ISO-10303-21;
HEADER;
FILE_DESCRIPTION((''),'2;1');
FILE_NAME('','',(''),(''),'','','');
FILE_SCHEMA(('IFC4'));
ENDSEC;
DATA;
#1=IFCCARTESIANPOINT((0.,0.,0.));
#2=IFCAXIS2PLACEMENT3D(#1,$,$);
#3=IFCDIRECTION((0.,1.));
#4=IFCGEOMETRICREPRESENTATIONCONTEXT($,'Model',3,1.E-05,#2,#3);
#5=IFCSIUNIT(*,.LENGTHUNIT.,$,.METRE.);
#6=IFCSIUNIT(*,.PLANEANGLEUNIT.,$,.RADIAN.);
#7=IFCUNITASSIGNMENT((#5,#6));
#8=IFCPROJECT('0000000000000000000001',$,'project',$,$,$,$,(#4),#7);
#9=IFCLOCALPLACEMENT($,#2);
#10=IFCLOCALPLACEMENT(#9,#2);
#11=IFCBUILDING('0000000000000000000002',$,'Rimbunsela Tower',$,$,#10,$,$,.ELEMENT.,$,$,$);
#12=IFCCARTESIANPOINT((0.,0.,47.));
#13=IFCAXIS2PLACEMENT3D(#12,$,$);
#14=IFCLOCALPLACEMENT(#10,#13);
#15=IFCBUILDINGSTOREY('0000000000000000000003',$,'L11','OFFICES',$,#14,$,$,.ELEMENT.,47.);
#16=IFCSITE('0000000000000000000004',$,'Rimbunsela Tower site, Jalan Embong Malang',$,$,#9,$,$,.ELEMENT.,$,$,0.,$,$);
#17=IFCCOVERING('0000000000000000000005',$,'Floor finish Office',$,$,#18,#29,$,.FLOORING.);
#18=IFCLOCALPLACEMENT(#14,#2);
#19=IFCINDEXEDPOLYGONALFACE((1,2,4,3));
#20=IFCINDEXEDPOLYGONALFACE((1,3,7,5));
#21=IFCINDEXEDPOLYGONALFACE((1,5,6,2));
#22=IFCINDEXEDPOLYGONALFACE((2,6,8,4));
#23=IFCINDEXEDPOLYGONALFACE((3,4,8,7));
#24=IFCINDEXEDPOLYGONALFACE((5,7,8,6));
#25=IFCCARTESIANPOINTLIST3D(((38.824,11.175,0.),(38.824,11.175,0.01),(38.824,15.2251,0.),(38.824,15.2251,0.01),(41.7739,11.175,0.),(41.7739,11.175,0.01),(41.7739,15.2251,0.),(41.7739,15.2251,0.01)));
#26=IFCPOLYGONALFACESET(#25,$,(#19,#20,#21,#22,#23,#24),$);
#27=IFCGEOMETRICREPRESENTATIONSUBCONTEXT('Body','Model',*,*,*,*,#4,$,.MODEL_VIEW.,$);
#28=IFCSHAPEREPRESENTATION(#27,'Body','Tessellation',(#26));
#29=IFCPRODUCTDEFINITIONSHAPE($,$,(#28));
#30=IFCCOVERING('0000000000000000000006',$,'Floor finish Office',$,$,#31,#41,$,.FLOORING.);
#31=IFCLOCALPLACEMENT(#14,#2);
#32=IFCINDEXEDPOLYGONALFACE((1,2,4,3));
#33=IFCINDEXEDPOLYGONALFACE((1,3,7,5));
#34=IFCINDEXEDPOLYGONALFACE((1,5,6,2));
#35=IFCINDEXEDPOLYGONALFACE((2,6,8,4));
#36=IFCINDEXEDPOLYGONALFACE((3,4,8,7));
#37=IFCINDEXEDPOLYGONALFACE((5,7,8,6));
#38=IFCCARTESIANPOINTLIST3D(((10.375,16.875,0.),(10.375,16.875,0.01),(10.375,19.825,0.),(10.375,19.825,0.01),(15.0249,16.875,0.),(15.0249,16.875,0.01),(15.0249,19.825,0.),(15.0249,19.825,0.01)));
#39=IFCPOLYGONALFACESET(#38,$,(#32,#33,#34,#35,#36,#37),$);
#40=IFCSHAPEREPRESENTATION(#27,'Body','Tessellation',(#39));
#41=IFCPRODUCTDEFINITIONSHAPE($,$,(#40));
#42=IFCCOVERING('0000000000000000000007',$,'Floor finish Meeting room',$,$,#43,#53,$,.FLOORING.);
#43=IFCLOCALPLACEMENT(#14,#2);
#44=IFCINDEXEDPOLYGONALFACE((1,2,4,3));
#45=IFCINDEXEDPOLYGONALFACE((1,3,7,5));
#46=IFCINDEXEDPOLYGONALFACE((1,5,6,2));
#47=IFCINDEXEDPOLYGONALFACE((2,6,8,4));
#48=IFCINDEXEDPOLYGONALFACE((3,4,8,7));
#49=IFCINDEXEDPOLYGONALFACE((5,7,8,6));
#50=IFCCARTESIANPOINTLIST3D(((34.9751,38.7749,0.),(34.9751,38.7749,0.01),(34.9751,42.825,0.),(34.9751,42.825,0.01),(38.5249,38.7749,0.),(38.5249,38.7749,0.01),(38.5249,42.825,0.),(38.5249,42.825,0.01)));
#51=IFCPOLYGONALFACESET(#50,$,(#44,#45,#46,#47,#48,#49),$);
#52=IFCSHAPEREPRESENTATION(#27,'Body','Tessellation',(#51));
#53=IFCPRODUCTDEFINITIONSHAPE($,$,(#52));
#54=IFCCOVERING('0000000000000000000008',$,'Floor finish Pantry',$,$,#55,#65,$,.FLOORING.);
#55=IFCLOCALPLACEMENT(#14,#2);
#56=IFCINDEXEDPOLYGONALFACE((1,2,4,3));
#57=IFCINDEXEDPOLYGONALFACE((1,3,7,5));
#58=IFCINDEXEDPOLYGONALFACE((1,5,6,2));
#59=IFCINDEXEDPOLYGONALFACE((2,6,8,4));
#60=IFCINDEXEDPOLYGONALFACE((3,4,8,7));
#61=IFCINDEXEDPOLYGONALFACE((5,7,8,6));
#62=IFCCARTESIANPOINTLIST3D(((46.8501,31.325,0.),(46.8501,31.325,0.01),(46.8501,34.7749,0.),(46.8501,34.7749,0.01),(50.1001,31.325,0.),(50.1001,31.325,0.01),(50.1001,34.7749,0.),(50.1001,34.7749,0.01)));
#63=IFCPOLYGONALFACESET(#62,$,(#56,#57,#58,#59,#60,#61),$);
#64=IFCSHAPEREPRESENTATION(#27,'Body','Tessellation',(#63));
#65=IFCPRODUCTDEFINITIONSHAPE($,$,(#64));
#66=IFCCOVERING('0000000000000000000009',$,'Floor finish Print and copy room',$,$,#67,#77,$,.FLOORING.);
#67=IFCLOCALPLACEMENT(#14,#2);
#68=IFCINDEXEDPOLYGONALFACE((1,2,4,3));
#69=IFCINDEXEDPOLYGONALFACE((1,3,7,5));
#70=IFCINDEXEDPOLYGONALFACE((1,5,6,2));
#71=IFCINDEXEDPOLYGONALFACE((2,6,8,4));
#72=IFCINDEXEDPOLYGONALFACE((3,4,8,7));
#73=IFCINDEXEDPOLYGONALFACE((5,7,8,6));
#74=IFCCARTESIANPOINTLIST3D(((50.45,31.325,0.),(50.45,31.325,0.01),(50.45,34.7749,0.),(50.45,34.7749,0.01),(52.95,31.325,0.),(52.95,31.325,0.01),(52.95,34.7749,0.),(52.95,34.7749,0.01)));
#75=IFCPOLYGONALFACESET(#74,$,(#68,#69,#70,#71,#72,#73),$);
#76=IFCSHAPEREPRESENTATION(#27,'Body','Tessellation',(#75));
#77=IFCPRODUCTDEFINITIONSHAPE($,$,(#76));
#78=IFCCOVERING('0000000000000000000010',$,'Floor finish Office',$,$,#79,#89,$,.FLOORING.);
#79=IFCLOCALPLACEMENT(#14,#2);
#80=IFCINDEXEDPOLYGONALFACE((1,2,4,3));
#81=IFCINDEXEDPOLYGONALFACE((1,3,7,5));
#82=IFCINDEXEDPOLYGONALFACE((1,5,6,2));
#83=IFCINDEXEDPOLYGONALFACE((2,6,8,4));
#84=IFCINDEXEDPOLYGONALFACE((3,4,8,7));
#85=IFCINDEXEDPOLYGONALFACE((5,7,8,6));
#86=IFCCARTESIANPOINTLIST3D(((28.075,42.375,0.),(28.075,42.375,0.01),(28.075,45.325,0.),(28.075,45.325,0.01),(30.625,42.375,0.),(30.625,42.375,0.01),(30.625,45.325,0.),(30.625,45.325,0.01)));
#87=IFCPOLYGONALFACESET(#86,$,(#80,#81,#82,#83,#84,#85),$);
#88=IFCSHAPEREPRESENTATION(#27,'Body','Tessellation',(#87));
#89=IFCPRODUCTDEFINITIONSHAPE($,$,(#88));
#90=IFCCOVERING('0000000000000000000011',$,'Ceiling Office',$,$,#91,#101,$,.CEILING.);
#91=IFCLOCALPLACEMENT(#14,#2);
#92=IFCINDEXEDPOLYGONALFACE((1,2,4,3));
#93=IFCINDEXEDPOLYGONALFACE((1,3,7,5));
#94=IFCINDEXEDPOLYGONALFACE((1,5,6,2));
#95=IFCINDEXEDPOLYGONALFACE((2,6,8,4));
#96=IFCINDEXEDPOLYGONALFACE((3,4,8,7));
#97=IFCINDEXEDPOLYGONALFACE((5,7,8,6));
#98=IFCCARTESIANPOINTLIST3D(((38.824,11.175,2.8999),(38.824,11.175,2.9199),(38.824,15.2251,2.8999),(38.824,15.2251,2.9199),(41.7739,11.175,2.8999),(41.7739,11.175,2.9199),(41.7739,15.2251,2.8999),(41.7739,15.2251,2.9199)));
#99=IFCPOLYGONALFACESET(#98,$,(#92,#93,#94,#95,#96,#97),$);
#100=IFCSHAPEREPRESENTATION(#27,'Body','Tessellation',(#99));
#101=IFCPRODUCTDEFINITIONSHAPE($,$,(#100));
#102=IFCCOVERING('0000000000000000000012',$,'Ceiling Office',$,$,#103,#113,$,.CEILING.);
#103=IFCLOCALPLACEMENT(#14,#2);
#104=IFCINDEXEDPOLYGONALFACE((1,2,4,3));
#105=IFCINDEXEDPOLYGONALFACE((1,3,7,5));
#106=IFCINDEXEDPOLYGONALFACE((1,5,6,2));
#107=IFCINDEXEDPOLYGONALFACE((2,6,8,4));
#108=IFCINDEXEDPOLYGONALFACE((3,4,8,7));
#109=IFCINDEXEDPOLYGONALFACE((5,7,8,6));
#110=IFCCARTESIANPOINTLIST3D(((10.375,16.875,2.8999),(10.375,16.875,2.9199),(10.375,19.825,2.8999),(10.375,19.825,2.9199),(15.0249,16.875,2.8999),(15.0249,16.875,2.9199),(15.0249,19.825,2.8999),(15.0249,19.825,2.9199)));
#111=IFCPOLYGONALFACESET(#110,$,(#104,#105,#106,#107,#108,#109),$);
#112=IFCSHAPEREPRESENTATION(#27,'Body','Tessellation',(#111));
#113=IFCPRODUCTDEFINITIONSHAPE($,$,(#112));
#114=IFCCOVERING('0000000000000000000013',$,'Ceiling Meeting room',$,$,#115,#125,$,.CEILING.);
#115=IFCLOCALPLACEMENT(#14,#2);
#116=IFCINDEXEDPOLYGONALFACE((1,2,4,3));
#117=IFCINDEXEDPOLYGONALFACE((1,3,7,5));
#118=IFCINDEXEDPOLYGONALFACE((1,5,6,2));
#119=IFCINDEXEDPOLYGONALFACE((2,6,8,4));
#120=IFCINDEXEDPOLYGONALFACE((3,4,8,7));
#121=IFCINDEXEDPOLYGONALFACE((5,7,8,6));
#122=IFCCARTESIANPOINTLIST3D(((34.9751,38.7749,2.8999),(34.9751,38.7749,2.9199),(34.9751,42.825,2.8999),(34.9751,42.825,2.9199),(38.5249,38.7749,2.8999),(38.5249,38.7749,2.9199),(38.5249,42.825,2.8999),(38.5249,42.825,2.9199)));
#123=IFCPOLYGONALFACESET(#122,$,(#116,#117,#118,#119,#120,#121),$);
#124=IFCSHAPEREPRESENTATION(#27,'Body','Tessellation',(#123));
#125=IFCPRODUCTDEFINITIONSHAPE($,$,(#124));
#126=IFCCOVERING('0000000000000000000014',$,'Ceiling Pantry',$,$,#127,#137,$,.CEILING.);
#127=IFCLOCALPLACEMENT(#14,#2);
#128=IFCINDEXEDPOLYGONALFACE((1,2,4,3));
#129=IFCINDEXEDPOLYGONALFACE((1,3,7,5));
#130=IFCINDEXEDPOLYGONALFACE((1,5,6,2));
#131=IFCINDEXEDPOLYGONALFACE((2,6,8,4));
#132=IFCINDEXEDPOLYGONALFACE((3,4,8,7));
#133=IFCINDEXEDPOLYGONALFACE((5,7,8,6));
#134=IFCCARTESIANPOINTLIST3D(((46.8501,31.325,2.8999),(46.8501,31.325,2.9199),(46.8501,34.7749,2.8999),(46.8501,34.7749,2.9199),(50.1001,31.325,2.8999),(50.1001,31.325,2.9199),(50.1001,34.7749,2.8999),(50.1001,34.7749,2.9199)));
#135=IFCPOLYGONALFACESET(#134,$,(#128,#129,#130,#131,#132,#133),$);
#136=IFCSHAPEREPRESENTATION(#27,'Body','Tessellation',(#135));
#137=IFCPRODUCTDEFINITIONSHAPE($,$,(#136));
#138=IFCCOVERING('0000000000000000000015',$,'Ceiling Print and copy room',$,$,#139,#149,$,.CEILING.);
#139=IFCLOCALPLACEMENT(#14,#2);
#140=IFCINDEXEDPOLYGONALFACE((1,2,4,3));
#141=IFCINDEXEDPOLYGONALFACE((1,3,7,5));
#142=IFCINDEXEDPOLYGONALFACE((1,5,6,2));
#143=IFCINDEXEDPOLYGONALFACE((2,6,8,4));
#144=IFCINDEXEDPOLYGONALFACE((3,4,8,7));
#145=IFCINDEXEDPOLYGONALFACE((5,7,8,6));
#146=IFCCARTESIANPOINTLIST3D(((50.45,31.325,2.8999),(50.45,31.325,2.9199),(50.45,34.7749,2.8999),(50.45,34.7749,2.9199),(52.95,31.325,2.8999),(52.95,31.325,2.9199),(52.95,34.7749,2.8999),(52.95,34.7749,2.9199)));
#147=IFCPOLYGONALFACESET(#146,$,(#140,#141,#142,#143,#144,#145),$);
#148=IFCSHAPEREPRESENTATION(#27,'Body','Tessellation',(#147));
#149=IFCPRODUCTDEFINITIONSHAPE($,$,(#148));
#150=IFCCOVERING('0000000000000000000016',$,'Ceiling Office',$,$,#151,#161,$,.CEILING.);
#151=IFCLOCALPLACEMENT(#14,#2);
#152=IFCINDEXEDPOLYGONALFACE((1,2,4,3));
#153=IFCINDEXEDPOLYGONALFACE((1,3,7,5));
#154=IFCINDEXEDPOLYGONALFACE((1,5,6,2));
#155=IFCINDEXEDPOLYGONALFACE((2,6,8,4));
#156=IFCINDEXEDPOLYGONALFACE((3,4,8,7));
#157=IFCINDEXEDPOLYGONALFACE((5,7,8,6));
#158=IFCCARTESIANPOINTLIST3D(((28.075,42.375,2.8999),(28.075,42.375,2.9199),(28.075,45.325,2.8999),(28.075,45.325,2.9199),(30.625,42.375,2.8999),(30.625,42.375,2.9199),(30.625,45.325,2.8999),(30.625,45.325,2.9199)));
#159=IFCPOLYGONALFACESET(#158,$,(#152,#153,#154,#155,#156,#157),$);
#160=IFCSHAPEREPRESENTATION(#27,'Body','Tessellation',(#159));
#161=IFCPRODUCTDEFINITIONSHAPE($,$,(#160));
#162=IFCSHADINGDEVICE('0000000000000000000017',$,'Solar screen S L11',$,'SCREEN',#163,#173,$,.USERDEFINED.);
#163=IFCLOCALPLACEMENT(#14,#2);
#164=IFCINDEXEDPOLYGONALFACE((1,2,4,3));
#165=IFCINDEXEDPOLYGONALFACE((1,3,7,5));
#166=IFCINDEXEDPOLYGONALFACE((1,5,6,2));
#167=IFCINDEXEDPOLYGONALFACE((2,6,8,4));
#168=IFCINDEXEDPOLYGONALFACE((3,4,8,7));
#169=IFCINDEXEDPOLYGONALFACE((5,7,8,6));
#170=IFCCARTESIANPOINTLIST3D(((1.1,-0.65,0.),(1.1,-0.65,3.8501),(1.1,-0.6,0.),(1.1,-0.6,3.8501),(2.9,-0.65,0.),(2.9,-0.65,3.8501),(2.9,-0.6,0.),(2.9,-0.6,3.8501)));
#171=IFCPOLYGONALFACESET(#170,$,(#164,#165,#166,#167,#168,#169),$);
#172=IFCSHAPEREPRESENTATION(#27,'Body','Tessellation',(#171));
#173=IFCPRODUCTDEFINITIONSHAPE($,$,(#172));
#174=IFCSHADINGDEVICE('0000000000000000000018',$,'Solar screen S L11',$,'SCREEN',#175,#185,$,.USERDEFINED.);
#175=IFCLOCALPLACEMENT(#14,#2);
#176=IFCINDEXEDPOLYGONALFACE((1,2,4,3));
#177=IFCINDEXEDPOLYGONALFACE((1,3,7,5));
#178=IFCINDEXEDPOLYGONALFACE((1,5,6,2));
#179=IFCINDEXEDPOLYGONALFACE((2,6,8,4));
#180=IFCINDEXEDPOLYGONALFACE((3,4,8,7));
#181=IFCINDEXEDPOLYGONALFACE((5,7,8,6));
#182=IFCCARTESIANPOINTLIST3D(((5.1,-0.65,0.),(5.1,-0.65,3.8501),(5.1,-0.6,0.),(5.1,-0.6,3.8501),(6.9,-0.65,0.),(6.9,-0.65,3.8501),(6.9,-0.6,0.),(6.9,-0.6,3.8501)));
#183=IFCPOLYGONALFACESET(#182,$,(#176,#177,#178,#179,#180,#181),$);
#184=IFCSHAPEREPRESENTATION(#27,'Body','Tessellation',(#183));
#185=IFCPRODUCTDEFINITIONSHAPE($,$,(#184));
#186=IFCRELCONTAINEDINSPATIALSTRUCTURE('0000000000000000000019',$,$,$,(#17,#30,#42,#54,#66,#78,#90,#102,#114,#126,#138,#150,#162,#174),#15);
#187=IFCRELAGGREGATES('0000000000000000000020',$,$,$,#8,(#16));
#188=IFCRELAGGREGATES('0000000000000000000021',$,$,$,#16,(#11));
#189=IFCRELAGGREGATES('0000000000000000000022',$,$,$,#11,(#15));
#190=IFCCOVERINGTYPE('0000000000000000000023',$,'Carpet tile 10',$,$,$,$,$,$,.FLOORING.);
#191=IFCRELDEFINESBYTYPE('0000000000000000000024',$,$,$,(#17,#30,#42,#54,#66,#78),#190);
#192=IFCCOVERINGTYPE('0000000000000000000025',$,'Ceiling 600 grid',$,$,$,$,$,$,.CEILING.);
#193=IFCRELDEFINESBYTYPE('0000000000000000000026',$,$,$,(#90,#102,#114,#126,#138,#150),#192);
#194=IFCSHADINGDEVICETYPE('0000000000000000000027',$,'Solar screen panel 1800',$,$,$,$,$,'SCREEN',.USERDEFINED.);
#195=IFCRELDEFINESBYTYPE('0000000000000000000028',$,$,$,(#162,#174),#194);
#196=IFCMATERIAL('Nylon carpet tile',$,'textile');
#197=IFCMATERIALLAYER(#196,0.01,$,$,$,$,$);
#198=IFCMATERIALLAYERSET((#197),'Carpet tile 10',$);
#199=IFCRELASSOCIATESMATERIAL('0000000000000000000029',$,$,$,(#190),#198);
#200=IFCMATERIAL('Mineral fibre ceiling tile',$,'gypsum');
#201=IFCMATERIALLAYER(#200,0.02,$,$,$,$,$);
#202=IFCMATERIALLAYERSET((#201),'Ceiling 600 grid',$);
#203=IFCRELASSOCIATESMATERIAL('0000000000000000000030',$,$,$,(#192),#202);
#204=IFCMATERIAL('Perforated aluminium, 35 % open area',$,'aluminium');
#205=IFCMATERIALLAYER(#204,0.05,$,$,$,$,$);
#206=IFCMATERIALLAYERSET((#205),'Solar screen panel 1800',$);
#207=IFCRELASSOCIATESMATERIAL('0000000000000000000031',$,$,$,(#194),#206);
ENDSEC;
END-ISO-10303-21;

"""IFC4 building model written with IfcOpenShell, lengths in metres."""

from ifc_helpers import new_model, si_unit, direction, frame, origin, origin_2d, place, context, subcontext, project, spatial, polyline, rectangle, outline, extrude, material, layer, layer_set, type_object, element, save


model = new_model("IFC4")

# Units and contexts
model_context = context("Model", 3, precision=1e-05, world=origin(), true_north=direction((0.0, 1.0)))
body_context = subcontext(model_context, "Body", "Model", "MODEL_VIEW")
ifc_project = project(units=[si_unit("LENGTHUNIT", "METRE"), si_unit("PLANEANGLEUNIT", "RADIAN")], contexts=[model_context])

# Site, building, storey
site_placement = place(None, origin())
site = spatial("IfcSite", under=ifc_project, at=site_placement, Name="Rimbunsela Tower site, Jalan Embong Malang", CompositionType="ELEMENT", RefElevation=0.0)
building_placement = place(site_placement, origin())
building = spatial("IfcBuilding", under=site, at=building_placement, Name="Rimbunsela Tower", CompositionType="ELEMENT")
storey_placement = place(building_placement, frame((0.0, 0.0, 47.0)))
storey = spatial("IfcBuildingStorey", under=building, at=storey_placement, Name="L11", Description="OFFICES", CompositionType="ELEMENT", Elevation=47.0)

# Coverings
ifc_material_1 = material(Name="Nylon carpet tile", Category="textile")
ifc_layer_1 = layer(ifc_material_1, 0.01)
ifc_layer_set_1 = layer_set([ifc_layer_1], Name="Carpet tile 10")
covering_type_1 = type_object("IfcCoveringType", Name="Carpet tile 10", PredefinedType="FLOORING", material=ifc_layer_set_1)
covering_1_placement = place(storey_placement, origin())
element("IfcCovering", 1, at=covering_1_placement, inside=storey, type_object=covering_type_1, Name="Floor finish Office", PredefinedType="FLOORING", context=body_context, shape_type="SweptSolid", body=[
    extrude(outline(polyline([(41.7739, 11.175), (41.7739, 15.2251), (38.824, 15.2251), (38.824, 11.175), (41.7739, 11.175)])), origin(), (0.0, 0.0, 1.0), 0.01),
])
covering_2_placement = place(storey_placement, origin())
element("IfcCovering", 2, at=covering_2_placement, inside=storey, type_object=covering_type_1, Name="Floor finish Office", PredefinedType="FLOORING", context=body_context, shape_type="SweptSolid", body=[
    extrude(outline(polyline([(15.0249, 16.875), (15.0249, 19.825), (10.375, 19.825), (10.375, 16.875), (15.0249, 16.875)])), origin(), (0.0, 0.0, 1.0), 0.01),
])
covering_3_placement = place(storey_placement, origin())
element("IfcCovering", 3, at=covering_3_placement, inside=storey, type_object=covering_type_1, Name="Floor finish Meeting room", PredefinedType="FLOORING", context=body_context, shape_type="SweptSolid", body=[
    extrude(outline(polyline([(38.5249, 38.7749), (38.5249, 42.825), (34.9751, 42.825), (34.9751, 38.7749), (38.5249, 38.7749)])), origin(), (0.0, 0.0, 1.0), 0.01),
])
covering_4_placement = place(storey_placement, origin())
element("IfcCovering", 4, at=covering_4_placement, inside=storey, type_object=covering_type_1, Name="Floor finish Pantry", PredefinedType="FLOORING", context=body_context, shape_type="SweptSolid", body=[
    extrude(outline(polyline([(50.1001, 31.325), (50.1001, 34.7749), (46.8501, 34.7749), (46.8501, 31.325), (50.1001, 31.325)])), origin(), (0.0, 0.0, 1.0), 0.01),
])
covering_5_placement = place(storey_placement, origin())
element("IfcCovering", 5, at=covering_5_placement, inside=storey, type_object=covering_type_1, Name="Floor finish Print and copy room", PredefinedType="FLOORING", context=body_context, shape_type="SweptSolid", body=[
    extrude(outline(polyline([(52.95, 31.325), (52.95, 34.7749), (50.45, 34.7749), (50.45, 31.325), (52.95, 31.325)])), origin(), (0.0, 0.0, 1.0), 0.01),
])
covering_6_placement = place(storey_placement, origin())
element("IfcCovering", 6, at=covering_6_placement, inside=storey, type_object=covering_type_1, Name="Floor finish Office", PredefinedType="FLOORING", context=body_context, shape_type="SweptSolid", body=[
    extrude(outline(polyline([(30.625, 42.375), (30.625, 45.325), (28.075, 45.325), (28.075, 42.375), (30.625, 42.375)])), origin(), (0.0, 0.0, 1.0), 0.01),
])
ifc_material_2 = material(Name="Mineral fibre ceiling tile", Category="gypsum")
ifc_layer_2 = layer(ifc_material_2, 0.02)
ifc_layer_set_2 = layer_set([ifc_layer_2], Name="Ceiling 600 grid")
covering_type_2 = type_object("IfcCoveringType", Name="Ceiling 600 grid", PredefinedType="CEILING", material=ifc_layer_set_2)
covering_7_placement = place(storey_placement, frame((0.0, 0.0, 2.8999)))
element("IfcCovering", 7, at=covering_7_placement, inside=storey, type_object=covering_type_2, Name="Ceiling Office", PredefinedType="CEILING", context=body_context, shape_type="SweptSolid", body=[
    extrude(outline(polyline([(41.7739, 11.175), (41.7739, 15.2251), (38.824, 15.2251), (38.824, 11.175), (41.7739, 11.175)])), origin(), (0.0, 0.0, 1.0), 0.02),
])
covering_8_placement = place(storey_placement, frame((0.0, 0.0, 2.8999)))
element("IfcCovering", 8, at=covering_8_placement, inside=storey, type_object=covering_type_2, Name="Ceiling Office", PredefinedType="CEILING", context=body_context, shape_type="SweptSolid", body=[
    extrude(outline(polyline([(15.0249, 16.875), (15.0249, 19.825), (10.375, 19.825), (10.375, 16.875), (15.0249, 16.875)])), origin(), (0.0, 0.0, 1.0), 0.02),
])
covering_9_placement = place(storey_placement, frame((0.0, 0.0, 2.8999)))
element("IfcCovering", 9, at=covering_9_placement, inside=storey, type_object=covering_type_2, Name="Ceiling Meeting room", PredefinedType="CEILING", context=body_context, shape_type="SweptSolid", body=[
    extrude(outline(polyline([(38.5249, 38.7749), (38.5249, 42.825), (34.9751, 42.825), (34.9751, 38.7749), (38.5249, 38.7749)])), origin(), (0.0, 0.0, 1.0), 0.02),
])
covering_10_placement = place(storey_placement, frame((0.0, 0.0, 2.8999)))
element("IfcCovering", 10, at=covering_10_placement, inside=storey, type_object=covering_type_2, Name="Ceiling Pantry", PredefinedType="CEILING", context=body_context, shape_type="SweptSolid", body=[
    extrude(outline(polyline([(50.1001, 31.325), (50.1001, 34.7749), (46.8501, 34.7749), (46.8501, 31.325), (50.1001, 31.325)])), origin(), (0.0, 0.0, 1.0), 0.02),
])
covering_11_placement = place(storey_placement, frame((0.0, 0.0, 2.8999)))
element("IfcCovering", 11, at=covering_11_placement, inside=storey, type_object=covering_type_2, Name="Ceiling Print and copy room", PredefinedType="CEILING", context=body_context, shape_type="SweptSolid", body=[
    extrude(outline(polyline([(52.95, 31.325), (52.95, 34.7749), (50.45, 34.7749), (50.45, 31.325), (52.95, 31.325)])), origin(), (0.0, 0.0, 1.0), 0.02),
])
covering_12_placement = place(storey_placement, frame((0.0, 0.0, 2.8999)))
element("IfcCovering", 12, at=covering_12_placement, inside=storey, type_object=covering_type_2, Name="Ceiling Office", PredefinedType="CEILING", context=body_context, shape_type="SweptSolid", body=[
    extrude(outline(polyline([(30.625, 42.375), (30.625, 45.325), (28.075, 45.325), (28.075, 42.375), (30.625, 42.375)])), origin(), (0.0, 0.0, 1.0), 0.02),
])

# Shading devices
ifc_material_3 = material(Name="Perforated aluminium, 35 % open area", Category="aluminium")
ifc_layer_3 = layer(ifc_material_3, 0.05)
ifc_layer_set_3 = layer_set([ifc_layer_3], Name="Solar screen panel 1800")
shading_device_type = type_object("IfcShadingDeviceType", Name="Solar screen panel 1800", ElementType="SCREEN", PredefinedType="USERDEFINED", material=ifc_layer_set_3)
for number, where, z_axis, x_axis, name in (
    (13, (2.0, -0.625, 0.0), (0.0, 0.0, 1.0), (1.0, 0.0, 0.0), "Solar screen S L11"),
    (14, (6.0, -0.625, 0.0), (0.0, 0.0, 1.0), (1.0, 0.0, 0.0), "Solar screen S L11"),
):
    element("IfcShadingDevice", number, at=place(storey_placement, frame(where, z_axis=z_axis, x_axis=x_axis)), inside=storey, type_object=shading_device_type, Name=name, ObjectType="SCREEN", PredefinedType="USERDEFINED", context=body_context, shape_type="SweptSolid", body=[
        extrude(rectangle(XDim=1.8, YDim=0.05, at=origin_2d()), origin(), (0.0, 0.0, 1.0), 3.8501),
    ])

save(model, "model.ifc")
